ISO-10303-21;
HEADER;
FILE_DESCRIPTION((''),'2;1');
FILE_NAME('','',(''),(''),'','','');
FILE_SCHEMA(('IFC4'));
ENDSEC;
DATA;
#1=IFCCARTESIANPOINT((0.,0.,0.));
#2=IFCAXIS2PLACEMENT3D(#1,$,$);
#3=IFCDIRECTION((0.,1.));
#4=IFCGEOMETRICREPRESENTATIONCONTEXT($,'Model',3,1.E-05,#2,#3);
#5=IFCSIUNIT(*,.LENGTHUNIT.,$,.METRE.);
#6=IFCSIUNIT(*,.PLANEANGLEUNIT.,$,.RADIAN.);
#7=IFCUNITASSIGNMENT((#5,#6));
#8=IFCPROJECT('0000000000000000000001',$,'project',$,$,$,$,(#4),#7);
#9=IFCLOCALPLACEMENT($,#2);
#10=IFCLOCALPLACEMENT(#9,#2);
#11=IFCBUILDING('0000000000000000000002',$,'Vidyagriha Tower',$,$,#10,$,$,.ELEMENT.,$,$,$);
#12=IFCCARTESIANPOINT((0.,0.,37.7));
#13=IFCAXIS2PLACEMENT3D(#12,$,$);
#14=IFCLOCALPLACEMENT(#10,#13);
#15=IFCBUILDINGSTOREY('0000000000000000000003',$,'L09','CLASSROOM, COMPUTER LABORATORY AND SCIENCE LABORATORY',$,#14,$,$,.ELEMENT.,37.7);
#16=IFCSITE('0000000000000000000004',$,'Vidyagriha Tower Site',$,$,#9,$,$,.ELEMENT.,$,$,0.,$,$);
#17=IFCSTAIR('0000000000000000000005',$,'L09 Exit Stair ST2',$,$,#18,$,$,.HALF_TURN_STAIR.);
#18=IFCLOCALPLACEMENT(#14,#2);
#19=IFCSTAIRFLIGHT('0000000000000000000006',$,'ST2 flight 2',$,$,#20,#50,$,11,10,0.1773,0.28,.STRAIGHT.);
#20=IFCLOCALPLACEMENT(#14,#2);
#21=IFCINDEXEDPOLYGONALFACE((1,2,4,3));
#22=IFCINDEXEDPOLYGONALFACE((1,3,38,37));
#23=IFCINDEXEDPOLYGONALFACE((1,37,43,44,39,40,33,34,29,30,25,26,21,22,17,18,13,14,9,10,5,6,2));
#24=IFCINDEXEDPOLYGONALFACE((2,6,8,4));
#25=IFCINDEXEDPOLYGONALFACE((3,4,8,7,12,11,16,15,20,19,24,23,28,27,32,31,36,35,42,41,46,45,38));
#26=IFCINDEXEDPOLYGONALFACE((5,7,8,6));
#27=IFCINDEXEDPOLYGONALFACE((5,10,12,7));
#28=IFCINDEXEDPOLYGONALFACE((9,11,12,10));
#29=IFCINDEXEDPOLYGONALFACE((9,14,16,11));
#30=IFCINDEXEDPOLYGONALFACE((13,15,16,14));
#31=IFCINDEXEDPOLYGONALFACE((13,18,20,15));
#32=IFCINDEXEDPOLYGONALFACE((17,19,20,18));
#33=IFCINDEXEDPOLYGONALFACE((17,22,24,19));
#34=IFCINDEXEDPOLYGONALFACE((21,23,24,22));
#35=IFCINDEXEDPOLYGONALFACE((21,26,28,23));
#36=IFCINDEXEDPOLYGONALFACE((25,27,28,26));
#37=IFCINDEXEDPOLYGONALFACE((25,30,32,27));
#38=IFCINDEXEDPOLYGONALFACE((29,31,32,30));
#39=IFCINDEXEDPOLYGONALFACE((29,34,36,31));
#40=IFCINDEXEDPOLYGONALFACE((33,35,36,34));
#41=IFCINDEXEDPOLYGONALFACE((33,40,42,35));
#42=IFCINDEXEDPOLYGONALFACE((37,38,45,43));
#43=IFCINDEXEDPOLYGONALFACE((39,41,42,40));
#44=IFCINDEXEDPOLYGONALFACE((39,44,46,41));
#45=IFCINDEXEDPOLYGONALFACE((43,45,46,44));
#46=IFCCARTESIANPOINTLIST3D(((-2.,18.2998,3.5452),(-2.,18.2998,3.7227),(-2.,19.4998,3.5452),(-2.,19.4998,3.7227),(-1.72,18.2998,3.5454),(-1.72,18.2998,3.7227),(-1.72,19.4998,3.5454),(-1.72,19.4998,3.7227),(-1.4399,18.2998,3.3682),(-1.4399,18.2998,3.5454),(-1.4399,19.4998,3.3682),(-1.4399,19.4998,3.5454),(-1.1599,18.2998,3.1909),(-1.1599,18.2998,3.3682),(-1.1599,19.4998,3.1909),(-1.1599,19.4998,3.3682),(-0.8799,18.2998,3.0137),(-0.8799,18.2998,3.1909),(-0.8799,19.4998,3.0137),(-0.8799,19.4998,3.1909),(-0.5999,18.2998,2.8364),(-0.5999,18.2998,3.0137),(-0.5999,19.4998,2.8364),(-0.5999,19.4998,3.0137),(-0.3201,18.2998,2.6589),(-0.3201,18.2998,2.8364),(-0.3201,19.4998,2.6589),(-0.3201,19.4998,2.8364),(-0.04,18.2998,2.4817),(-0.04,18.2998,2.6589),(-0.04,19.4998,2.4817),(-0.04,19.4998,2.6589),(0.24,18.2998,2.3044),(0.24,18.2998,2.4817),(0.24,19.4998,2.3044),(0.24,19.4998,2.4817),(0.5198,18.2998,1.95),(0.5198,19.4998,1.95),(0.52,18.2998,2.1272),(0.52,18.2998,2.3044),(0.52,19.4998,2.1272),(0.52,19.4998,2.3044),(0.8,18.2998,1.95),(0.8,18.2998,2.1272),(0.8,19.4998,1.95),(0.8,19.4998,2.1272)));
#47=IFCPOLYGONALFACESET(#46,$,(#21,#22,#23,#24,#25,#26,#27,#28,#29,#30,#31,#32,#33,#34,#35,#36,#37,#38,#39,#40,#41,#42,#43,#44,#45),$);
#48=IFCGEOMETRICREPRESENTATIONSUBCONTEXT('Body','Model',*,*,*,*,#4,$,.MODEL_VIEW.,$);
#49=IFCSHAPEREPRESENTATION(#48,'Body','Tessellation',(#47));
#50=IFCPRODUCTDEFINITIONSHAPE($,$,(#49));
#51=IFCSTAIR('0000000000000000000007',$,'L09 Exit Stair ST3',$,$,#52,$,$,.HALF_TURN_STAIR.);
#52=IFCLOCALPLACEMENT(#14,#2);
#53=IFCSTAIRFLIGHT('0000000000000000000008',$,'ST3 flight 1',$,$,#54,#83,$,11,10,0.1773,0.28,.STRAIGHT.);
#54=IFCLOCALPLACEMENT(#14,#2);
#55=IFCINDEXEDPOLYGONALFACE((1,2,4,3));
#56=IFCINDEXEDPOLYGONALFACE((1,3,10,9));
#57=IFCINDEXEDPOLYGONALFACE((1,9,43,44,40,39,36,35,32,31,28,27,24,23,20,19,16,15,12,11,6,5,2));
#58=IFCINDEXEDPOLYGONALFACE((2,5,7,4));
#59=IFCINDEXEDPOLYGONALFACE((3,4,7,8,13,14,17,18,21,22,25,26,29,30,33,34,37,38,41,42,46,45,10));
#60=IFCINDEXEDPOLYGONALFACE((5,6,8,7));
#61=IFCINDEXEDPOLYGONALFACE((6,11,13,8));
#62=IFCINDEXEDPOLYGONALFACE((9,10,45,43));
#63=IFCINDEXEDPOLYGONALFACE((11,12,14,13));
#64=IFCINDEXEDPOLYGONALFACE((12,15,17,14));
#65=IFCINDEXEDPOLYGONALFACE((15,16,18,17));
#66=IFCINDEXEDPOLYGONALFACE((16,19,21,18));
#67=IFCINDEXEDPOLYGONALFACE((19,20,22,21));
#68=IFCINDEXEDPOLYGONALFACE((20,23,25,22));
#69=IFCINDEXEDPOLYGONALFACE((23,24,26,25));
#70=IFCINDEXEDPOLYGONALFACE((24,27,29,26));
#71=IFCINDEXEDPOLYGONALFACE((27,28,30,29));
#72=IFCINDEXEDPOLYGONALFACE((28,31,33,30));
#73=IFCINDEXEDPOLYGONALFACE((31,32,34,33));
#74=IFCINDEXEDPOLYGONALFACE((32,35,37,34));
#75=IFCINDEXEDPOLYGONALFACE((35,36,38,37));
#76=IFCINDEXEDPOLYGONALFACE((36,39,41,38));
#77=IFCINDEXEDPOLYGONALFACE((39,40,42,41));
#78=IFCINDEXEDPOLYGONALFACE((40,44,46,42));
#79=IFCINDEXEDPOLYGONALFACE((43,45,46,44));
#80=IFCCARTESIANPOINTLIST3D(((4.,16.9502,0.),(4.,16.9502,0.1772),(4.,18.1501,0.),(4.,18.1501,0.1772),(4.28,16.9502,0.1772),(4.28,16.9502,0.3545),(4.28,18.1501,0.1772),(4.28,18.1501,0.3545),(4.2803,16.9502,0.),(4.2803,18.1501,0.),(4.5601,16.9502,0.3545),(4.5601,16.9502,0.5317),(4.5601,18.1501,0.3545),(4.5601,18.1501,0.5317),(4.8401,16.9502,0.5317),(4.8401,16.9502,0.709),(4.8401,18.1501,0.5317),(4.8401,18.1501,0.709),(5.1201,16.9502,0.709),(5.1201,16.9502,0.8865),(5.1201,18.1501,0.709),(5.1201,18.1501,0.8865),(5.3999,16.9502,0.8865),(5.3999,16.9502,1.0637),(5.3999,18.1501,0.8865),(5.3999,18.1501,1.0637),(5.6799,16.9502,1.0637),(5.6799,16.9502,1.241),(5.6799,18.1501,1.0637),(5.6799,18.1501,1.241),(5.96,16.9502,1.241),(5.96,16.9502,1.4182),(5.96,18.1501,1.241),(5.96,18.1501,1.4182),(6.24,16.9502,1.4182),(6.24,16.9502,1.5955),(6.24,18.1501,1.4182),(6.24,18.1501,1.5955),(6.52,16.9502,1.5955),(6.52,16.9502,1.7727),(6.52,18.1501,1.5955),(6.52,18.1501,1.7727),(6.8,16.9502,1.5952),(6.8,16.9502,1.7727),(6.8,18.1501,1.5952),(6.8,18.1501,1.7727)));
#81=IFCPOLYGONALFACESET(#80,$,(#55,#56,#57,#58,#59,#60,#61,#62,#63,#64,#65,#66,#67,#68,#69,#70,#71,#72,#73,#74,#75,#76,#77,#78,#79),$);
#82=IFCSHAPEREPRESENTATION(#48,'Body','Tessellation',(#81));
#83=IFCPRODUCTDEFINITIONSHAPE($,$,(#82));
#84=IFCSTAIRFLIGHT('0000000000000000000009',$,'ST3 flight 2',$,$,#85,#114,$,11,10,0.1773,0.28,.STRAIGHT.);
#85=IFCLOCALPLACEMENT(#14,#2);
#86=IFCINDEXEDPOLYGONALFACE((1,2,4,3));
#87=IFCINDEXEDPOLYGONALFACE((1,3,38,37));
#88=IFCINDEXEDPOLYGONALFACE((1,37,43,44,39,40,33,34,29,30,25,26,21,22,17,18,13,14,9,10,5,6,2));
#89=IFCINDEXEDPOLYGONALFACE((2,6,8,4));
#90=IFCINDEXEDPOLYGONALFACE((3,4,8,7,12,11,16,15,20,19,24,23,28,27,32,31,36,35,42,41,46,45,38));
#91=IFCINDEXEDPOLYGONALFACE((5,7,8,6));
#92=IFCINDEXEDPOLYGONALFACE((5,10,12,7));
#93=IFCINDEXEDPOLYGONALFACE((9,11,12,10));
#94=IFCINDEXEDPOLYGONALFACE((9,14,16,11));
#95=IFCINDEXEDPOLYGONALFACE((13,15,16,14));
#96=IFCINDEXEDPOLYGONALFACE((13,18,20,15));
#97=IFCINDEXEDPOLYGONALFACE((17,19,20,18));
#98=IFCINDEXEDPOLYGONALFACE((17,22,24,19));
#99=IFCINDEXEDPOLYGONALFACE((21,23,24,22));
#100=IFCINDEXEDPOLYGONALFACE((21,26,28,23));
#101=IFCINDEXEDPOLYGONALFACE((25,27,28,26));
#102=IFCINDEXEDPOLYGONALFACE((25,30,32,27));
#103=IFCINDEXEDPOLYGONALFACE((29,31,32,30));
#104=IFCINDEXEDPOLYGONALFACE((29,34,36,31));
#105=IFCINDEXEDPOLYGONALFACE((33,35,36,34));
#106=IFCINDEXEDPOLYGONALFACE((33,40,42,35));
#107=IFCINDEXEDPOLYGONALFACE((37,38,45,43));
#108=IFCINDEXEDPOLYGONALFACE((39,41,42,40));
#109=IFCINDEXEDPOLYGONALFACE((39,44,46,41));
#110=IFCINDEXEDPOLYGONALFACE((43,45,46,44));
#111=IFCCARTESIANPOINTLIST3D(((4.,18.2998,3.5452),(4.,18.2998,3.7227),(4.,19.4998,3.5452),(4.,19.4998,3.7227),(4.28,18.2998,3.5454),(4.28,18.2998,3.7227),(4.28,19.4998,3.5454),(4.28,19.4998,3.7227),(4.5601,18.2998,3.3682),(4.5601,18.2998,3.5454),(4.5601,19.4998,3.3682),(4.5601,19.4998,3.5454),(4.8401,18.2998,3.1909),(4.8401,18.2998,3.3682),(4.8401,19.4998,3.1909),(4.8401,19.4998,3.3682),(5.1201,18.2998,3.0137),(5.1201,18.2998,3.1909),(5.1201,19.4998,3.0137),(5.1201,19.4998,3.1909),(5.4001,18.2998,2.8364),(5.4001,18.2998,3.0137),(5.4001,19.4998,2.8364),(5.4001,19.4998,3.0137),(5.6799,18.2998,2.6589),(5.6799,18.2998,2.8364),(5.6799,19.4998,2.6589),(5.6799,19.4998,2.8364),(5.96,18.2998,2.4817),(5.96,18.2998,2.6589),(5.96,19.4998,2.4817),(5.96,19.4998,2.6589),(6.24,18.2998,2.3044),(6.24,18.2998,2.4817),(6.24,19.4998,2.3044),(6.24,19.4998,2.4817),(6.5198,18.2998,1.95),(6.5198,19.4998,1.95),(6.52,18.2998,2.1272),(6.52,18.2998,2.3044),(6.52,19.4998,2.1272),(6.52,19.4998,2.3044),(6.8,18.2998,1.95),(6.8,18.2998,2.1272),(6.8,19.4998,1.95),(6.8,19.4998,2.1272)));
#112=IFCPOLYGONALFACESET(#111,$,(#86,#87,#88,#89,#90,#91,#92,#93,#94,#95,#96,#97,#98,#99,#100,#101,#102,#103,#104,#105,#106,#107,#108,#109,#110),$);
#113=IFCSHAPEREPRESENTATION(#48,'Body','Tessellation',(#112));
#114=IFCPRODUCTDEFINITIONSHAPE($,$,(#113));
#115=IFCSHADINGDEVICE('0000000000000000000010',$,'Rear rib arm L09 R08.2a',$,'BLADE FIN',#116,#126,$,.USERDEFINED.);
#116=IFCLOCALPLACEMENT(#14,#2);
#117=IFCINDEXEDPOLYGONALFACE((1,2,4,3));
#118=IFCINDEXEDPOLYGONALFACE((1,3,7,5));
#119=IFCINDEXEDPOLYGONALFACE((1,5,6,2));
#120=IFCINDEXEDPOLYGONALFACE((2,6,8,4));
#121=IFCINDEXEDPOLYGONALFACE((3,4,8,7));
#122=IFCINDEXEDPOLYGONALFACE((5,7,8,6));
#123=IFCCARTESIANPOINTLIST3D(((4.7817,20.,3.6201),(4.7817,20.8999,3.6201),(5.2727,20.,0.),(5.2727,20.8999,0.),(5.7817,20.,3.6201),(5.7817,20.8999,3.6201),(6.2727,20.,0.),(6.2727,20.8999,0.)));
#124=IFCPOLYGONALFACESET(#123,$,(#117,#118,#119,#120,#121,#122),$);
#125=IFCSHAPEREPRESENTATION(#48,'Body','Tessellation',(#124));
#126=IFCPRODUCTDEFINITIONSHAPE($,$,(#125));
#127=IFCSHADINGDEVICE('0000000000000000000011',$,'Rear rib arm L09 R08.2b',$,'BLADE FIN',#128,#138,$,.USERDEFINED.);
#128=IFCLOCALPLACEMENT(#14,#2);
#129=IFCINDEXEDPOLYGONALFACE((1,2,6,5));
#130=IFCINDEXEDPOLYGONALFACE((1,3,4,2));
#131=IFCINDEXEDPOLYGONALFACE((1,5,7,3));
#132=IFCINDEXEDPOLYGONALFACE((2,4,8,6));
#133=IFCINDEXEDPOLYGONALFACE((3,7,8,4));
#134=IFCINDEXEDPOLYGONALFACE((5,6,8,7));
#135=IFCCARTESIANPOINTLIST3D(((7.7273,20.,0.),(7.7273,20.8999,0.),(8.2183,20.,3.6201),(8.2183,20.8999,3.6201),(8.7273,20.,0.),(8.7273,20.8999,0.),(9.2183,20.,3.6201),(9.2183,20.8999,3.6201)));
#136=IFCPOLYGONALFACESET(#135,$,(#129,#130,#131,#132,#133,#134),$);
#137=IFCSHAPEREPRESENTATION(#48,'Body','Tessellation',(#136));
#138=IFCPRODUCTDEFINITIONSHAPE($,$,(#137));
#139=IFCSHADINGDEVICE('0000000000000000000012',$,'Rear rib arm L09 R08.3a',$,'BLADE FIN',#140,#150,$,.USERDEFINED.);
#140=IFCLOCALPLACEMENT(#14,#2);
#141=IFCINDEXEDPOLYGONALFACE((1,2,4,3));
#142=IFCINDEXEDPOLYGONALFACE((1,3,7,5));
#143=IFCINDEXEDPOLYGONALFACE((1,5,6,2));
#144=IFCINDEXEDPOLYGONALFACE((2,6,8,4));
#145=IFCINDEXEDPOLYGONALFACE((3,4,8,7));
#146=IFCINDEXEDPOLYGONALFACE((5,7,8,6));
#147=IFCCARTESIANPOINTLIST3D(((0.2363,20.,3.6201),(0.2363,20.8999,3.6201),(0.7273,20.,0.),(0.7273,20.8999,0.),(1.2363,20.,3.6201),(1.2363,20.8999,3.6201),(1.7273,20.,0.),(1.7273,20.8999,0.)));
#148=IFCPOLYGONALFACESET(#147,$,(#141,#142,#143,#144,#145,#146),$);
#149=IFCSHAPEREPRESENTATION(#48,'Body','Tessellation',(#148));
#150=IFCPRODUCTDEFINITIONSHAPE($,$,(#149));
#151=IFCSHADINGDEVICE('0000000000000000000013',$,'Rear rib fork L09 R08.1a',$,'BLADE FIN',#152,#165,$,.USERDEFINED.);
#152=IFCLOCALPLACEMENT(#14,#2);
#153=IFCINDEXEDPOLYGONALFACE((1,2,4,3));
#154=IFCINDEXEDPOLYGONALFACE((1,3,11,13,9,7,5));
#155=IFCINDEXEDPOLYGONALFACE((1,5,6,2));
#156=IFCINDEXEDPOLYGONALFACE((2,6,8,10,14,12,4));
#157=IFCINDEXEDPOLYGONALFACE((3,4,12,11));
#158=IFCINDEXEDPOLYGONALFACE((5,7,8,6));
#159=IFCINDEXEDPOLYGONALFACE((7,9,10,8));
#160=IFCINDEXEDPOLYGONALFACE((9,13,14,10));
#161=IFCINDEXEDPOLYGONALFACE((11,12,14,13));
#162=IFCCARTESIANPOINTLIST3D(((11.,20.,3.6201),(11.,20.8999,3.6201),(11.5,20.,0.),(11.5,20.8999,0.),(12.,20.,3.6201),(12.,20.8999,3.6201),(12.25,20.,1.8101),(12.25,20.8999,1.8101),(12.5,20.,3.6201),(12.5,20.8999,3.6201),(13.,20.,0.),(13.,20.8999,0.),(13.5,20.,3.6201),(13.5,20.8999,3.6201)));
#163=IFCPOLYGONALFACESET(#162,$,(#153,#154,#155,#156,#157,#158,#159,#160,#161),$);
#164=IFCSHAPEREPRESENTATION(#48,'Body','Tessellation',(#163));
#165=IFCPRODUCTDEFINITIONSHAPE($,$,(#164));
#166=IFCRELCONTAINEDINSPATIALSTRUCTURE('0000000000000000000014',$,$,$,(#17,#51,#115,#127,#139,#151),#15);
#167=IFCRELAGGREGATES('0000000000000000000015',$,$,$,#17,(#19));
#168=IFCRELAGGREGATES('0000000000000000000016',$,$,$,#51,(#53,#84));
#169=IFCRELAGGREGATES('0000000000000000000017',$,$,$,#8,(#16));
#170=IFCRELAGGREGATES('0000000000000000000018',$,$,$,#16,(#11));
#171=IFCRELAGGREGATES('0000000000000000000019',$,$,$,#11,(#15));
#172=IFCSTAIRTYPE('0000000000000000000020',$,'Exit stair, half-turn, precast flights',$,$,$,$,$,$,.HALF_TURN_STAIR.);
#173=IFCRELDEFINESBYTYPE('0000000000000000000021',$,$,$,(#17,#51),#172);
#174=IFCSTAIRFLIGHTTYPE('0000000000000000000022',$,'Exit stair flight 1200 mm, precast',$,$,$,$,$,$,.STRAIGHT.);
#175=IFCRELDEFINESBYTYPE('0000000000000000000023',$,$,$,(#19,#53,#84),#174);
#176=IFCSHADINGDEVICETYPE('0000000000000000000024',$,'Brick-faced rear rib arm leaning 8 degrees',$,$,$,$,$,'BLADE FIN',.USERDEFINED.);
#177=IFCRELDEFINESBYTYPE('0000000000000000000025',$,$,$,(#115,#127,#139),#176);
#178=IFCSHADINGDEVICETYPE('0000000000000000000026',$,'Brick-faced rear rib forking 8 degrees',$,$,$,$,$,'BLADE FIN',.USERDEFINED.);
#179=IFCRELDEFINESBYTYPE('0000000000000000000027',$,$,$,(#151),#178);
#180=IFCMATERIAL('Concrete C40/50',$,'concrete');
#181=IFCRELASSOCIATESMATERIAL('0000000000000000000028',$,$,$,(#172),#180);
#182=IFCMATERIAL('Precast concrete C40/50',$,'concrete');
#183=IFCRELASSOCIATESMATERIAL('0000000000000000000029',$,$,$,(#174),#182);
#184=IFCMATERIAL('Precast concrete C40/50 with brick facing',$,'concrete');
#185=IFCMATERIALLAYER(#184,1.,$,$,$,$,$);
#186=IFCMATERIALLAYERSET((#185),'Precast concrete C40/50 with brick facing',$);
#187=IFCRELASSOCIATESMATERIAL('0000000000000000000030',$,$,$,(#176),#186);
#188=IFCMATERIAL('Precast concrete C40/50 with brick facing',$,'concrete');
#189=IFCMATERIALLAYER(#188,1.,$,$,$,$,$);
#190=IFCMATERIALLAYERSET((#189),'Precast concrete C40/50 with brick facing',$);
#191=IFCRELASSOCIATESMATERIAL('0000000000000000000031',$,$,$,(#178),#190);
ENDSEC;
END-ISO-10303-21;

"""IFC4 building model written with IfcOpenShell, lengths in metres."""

from ifc_helpers import new_model, si_unit, direction, frame, origin, place, context, subcontext, project, spatial, polyline, outline, extrude, material, layer, layer_set, type_object, element, aggregate, save


model = new_model("IFC4")

# Units and contexts
model_context = context("Model", 3, precision=1e-05, world=origin(), true_north=direction((0.0, 1.0)))
body_context = subcontext(model_context, "Body", "Model", "MODEL_VIEW")
ifc_project = project(units=[si_unit("LENGTHUNIT", "METRE"), si_unit("PLANEANGLEUNIT", "RADIAN")], contexts=[model_context])

# Site, building, storey
site_placement = place(None, origin())
site = spatial("IfcSite", under=ifc_project, at=site_placement, Name="Vidyagriha Tower Site", CompositionType="ELEMENT", RefElevation=0.0)
building_placement = place(site_placement, origin())
building = spatial("IfcBuilding", under=site, at=building_placement, Name="Vidyagriha Tower", CompositionType="ELEMENT")
storey_placement = place(building_placement, frame((0.0, 0.0, 37.7)))
storey = spatial("IfcBuildingStorey", under=building, at=storey_placement, Name="L09", Description="CLASSROOM, COMPUTER LABORATORY AND SCIENCE LABORATORY", CompositionType="ELEMENT", Elevation=37.7)

# Stair, stair flight
ifc_material_1 = material(Name="Concrete C40/50", Category="concrete")
stair_type = type_object("IfcStairType", Name="Exit stair, half-turn, precast flights", PredefinedType="HALF_TURN_STAIR", material=ifc_material_1)
stair_1_placement = place(storey_placement, origin())
stair_1 = element("IfcStair", 1, at=stair_1_placement, inside=storey, type_object=stair_type, Name="L09 Exit Stair ST2", PredefinedType="HALF_TURN_STAIR")
ifc_material_2 = material(Name="Precast concrete C40/50", Category="concrete")
stair_flight_type = type_object("IfcStairFlightType", Name="Exit stair flight 1200 mm, precast", PredefinedType="STRAIGHT", material=ifc_material_2)
stair_flight_1_placement = place(storey_placement, frame((0.8, 18.8999, 1.95), z_axis=(0.0, 0.0, 1.0), x_axis=(-1.0, 0.0, 0.0)))
stair_flight_1 = element("IfcStairFlight", 2, at=stair_flight_1_placement, type_object=stair_flight_type, Name="ST2 flight 2", NumberOfRisers=11, NumberOfTreads=10, PredefinedType="STRAIGHT", RiserHeight=0.1773, TreadLength=0.28, context=body_context, shape_type="SweptSolid", body=[
    extrude(outline(polyline([(0.0, 0.0), (0.0, 0.1772), (0.28, 0.1772), (0.28, 0.3545), (0.5601, 0.3545), (0.5601, 0.5317), (0.8401, 0.5317), (0.8401, 0.709), (1.1201, 0.709), (1.1201, 0.8865), (1.3999, 0.8865), (1.3999, 1.0637), (1.6799, 1.0637), (1.6799, 1.241), (1.96, 1.241), (1.96, 1.4182), (2.24, 1.4182), (2.24, 1.5955), (2.52, 1.5955), (2.52, 1.7727), (2.8, 1.7727), (2.8, 1.95), (2.8, 1.5952), (0.2803, 0.0), (0.0, 0.0)])), frame((0.0, 0.6001, 0.0), z_axis=(0.0, -1.0, 0.0), x_axis=(1.0, 0.0, 0.0)), (0.0, 0.0, 1.0), 1.2),
])
aggregate(stair_1, [stair_flight_1])

# Stair, stair flights
stair_2_placement = place(storey_placement, origin())
stair_2 = element("IfcStair", 3, at=stair_2_placement, inside=storey, type_object=stair_type, Name="L09 Exit Stair ST3", PredefinedType="HALF_TURN_STAIR")
stair_flight_2_placement = place(storey_placement, frame((4.0, 17.55, 0.0)))
stair_flight_2 = element("IfcStairFlight", 4, at=stair_flight_2_placement, type_object=stair_flight_type, Name="ST3 flight 1", NumberOfRisers=11, NumberOfTreads=10, PredefinedType="STRAIGHT", RiserHeight=0.1773, TreadLength=0.28, context=body_context, shape_type="SweptSolid", body=[
    extrude(outline(polyline([(0.0, 0.0), (0.0, 0.1772), (0.28, 0.1772), (0.28, 0.3545), (0.5601, 0.3545), (0.5601, 0.5317), (0.8401, 0.5317), (0.8401, 0.709), (1.1201, 0.709), (1.1201, 0.8865), (1.3999, 0.8865), (1.3999, 1.0637), (1.6799, 1.0637), (1.6799, 1.241), (1.96, 1.241), (1.96, 1.4182), (2.24, 1.4182), (2.24, 1.5955), (2.52, 1.5955), (2.52, 1.7727), (2.8, 1.7727), (2.8, 1.95), (2.8, 1.5952), (0.2803, 0.0), (0.0, 0.0)])), frame((0.0, 0.6001, 0.0), z_axis=(0.0, -1.0, 0.0), x_axis=(1.0, 0.0, 0.0)), (0.0, 0.0, 1.0), 1.2),
])
stair_flight_3_placement = place(storey_placement, frame((6.8, 18.8999, 1.95), z_axis=(0.0, 0.0, 1.0), x_axis=(-1.0, 0.0, 0.0)))
stair_flight_3 = element("IfcStairFlight", 5, at=stair_flight_3_placement, type_object=stair_flight_type, Name="ST3 flight 2", NumberOfRisers=11, NumberOfTreads=10, PredefinedType="STRAIGHT", RiserHeight=0.1773, TreadLength=0.28, context=body_context, shape_type="SweptSolid", body=[
    extrude(outline(polyline([(0.0, 0.0), (0.0, 0.1772), (0.28, 0.1772), (0.28, 0.3545), (0.5601, 0.3545), (0.5601, 0.5317), (0.8401, 0.5317), (0.8401, 0.709), (1.1201, 0.709), (1.1201, 0.8865), (1.3999, 0.8865), (1.3999, 1.0637), (1.6799, 1.0637), (1.6799, 1.241), (1.96, 1.241), (1.96, 1.4182), (2.24, 1.4182), (2.24, 1.5955), (2.52, 1.5955), (2.52, 1.7727), (2.8, 1.7727), (2.8, 1.95), (2.8, 1.5952), (0.2803, 0.0), (0.0, 0.0)])), frame((0.0, 0.6001, 0.0), z_axis=(0.0, -1.0, 0.0), x_axis=(1.0, 0.0, 0.0)), (0.0, 0.0, 1.0), 1.2),
])
aggregate(stair_2, [stair_flight_2, stair_flight_3])

# Shading devices
ifc_material_3 = material(Name="Precast concrete C40/50 with brick facing", Category="concrete")
ifc_layer_1 = layer(ifc_material_3, 1.0)
ifc_layer_set_1 = layer_set([ifc_layer_1], Name="Precast concrete C40/50 with brick facing")
shading_device_type_1 = type_object("IfcShadingDeviceType", Name="Brick-faced rear rib arm leaning 8 degrees", ElementType="BLADE FIN", PredefinedType="USERDEFINED", material=ifc_layer_set_1)
shading_device_1_placement = place(storey_placement, frame((6.2727, 20.45, 0.0), z_axis=(0.0, 0.0, 1.0), x_axis=(-1.0, 0.0, 0.0)))
element("IfcShadingDevice", 6, at=shading_device_1_placement, inside=storey, type_object=shading_device_type_1, Name="Rear rib arm L09 R08.2a", ObjectType="BLADE FIN", PredefinedType="USERDEFINED", context=body_context, shape_type="SweptSolid", body=[
    extrude(outline(polyline([(0.0, 0.0), (1.0, 0.0), (1.491, 3.6201), (0.491, 3.6201), (0.0, 0.0)])), frame((0.0, 0.45, 0.0), z_axis=(0.0, -1.0, 0.0), x_axis=(1.0, 0.0, 0.0)), (0.0, 0.0, 1.0), 0.8999),
])
shading_device_2_placement = place(storey_placement, frame((9.2183, 20.45, 0.0), z_axis=(0.0, 0.0, 1.0), x_axis=(-1.0, 0.0, 0.0)))
element("IfcShadingDevice", 7, at=shading_device_2_placement, inside=storey, type_object=shading_device_type_1, Name="Rear rib arm L09 R08.2b", ObjectType="BLADE FIN", PredefinedType="USERDEFINED", context=body_context, shape_type="SweptSolid", body=[
    extrude(outline(polyline([(0.491, 0.0), (1.491, 0.0), (1.0, 3.6201), (0.0, 3.6201), (0.491, 0.0)])), frame((0.0, 0.45, 0.0), z_axis=(0.0, -1.0, 0.0), x_axis=(1.0, 0.0, 0.0)), (0.0, 0.0, 1.0), 0.8999),
])
shading_device_3_placement = place(storey_placement, frame((1.7273, 20.45, 0.0), z_axis=(0.0, 0.0, 1.0), x_axis=(-1.0, 0.0, 0.0)))
element("IfcShadingDevice", 8, at=shading_device_3_placement, inside=storey, type_object=shading_device_type_1, Name="Rear rib arm L09 R08.3a", ObjectType="BLADE FIN", PredefinedType="USERDEFINED", context=body_context, shape_type="SweptSolid", body=[
    extrude(outline(polyline([(0.0, 0.0), (1.0, 0.0), (1.491, 3.6201), (0.491, 3.6201), (0.0, 0.0)])), frame((0.0, 0.45, 0.0), z_axis=(0.0, -1.0, 0.0), x_axis=(1.0, 0.0, 0.0)), (0.0, 0.0, 1.0), 0.8999),
])
ifc_material_4 = material(Name="Precast concrete C40/50 with brick facing", Category="concrete")
ifc_layer_2 = layer(ifc_material_4, 1.0)
ifc_layer_set_2 = layer_set([ifc_layer_2], Name="Precast concrete C40/50 with brick facing")
shading_device_type_2 = type_object("IfcShadingDeviceType", Name="Brick-faced rear rib forking 8 degrees", ElementType="BLADE FIN", PredefinedType="USERDEFINED", material=ifc_layer_set_2)
shading_device_4_placement = place(storey_placement, frame((13.5, 20.45, 0.0), z_axis=(0.0, 0.0, 1.0), x_axis=(-1.0, 0.0, 0.0)))
element("IfcShadingDevice", 9, at=shading_device_4_placement, inside=storey, type_object=shading_device_type_2, Name="Rear rib fork L09 R08.1a", ObjectType="BLADE FIN", PredefinedType="USERDEFINED", context=body_context, shape_type="SweptSolid", body=[
    extrude(outline(polyline([(0.5, 0.0), (2.0, 0.0), (2.5, 3.6201), (1.5, 3.6201), (1.25, 1.8101), (1.0, 3.6201), (0.0, 3.6201), (0.5, 0.0)])), frame((0.0, 0.45, 0.0), z_axis=(0.0, -1.0, 0.0), x_axis=(1.0, 0.0, 0.0)), (0.0, 0.0, 1.0), 0.8999),
])

save(model, "model.ifc")
